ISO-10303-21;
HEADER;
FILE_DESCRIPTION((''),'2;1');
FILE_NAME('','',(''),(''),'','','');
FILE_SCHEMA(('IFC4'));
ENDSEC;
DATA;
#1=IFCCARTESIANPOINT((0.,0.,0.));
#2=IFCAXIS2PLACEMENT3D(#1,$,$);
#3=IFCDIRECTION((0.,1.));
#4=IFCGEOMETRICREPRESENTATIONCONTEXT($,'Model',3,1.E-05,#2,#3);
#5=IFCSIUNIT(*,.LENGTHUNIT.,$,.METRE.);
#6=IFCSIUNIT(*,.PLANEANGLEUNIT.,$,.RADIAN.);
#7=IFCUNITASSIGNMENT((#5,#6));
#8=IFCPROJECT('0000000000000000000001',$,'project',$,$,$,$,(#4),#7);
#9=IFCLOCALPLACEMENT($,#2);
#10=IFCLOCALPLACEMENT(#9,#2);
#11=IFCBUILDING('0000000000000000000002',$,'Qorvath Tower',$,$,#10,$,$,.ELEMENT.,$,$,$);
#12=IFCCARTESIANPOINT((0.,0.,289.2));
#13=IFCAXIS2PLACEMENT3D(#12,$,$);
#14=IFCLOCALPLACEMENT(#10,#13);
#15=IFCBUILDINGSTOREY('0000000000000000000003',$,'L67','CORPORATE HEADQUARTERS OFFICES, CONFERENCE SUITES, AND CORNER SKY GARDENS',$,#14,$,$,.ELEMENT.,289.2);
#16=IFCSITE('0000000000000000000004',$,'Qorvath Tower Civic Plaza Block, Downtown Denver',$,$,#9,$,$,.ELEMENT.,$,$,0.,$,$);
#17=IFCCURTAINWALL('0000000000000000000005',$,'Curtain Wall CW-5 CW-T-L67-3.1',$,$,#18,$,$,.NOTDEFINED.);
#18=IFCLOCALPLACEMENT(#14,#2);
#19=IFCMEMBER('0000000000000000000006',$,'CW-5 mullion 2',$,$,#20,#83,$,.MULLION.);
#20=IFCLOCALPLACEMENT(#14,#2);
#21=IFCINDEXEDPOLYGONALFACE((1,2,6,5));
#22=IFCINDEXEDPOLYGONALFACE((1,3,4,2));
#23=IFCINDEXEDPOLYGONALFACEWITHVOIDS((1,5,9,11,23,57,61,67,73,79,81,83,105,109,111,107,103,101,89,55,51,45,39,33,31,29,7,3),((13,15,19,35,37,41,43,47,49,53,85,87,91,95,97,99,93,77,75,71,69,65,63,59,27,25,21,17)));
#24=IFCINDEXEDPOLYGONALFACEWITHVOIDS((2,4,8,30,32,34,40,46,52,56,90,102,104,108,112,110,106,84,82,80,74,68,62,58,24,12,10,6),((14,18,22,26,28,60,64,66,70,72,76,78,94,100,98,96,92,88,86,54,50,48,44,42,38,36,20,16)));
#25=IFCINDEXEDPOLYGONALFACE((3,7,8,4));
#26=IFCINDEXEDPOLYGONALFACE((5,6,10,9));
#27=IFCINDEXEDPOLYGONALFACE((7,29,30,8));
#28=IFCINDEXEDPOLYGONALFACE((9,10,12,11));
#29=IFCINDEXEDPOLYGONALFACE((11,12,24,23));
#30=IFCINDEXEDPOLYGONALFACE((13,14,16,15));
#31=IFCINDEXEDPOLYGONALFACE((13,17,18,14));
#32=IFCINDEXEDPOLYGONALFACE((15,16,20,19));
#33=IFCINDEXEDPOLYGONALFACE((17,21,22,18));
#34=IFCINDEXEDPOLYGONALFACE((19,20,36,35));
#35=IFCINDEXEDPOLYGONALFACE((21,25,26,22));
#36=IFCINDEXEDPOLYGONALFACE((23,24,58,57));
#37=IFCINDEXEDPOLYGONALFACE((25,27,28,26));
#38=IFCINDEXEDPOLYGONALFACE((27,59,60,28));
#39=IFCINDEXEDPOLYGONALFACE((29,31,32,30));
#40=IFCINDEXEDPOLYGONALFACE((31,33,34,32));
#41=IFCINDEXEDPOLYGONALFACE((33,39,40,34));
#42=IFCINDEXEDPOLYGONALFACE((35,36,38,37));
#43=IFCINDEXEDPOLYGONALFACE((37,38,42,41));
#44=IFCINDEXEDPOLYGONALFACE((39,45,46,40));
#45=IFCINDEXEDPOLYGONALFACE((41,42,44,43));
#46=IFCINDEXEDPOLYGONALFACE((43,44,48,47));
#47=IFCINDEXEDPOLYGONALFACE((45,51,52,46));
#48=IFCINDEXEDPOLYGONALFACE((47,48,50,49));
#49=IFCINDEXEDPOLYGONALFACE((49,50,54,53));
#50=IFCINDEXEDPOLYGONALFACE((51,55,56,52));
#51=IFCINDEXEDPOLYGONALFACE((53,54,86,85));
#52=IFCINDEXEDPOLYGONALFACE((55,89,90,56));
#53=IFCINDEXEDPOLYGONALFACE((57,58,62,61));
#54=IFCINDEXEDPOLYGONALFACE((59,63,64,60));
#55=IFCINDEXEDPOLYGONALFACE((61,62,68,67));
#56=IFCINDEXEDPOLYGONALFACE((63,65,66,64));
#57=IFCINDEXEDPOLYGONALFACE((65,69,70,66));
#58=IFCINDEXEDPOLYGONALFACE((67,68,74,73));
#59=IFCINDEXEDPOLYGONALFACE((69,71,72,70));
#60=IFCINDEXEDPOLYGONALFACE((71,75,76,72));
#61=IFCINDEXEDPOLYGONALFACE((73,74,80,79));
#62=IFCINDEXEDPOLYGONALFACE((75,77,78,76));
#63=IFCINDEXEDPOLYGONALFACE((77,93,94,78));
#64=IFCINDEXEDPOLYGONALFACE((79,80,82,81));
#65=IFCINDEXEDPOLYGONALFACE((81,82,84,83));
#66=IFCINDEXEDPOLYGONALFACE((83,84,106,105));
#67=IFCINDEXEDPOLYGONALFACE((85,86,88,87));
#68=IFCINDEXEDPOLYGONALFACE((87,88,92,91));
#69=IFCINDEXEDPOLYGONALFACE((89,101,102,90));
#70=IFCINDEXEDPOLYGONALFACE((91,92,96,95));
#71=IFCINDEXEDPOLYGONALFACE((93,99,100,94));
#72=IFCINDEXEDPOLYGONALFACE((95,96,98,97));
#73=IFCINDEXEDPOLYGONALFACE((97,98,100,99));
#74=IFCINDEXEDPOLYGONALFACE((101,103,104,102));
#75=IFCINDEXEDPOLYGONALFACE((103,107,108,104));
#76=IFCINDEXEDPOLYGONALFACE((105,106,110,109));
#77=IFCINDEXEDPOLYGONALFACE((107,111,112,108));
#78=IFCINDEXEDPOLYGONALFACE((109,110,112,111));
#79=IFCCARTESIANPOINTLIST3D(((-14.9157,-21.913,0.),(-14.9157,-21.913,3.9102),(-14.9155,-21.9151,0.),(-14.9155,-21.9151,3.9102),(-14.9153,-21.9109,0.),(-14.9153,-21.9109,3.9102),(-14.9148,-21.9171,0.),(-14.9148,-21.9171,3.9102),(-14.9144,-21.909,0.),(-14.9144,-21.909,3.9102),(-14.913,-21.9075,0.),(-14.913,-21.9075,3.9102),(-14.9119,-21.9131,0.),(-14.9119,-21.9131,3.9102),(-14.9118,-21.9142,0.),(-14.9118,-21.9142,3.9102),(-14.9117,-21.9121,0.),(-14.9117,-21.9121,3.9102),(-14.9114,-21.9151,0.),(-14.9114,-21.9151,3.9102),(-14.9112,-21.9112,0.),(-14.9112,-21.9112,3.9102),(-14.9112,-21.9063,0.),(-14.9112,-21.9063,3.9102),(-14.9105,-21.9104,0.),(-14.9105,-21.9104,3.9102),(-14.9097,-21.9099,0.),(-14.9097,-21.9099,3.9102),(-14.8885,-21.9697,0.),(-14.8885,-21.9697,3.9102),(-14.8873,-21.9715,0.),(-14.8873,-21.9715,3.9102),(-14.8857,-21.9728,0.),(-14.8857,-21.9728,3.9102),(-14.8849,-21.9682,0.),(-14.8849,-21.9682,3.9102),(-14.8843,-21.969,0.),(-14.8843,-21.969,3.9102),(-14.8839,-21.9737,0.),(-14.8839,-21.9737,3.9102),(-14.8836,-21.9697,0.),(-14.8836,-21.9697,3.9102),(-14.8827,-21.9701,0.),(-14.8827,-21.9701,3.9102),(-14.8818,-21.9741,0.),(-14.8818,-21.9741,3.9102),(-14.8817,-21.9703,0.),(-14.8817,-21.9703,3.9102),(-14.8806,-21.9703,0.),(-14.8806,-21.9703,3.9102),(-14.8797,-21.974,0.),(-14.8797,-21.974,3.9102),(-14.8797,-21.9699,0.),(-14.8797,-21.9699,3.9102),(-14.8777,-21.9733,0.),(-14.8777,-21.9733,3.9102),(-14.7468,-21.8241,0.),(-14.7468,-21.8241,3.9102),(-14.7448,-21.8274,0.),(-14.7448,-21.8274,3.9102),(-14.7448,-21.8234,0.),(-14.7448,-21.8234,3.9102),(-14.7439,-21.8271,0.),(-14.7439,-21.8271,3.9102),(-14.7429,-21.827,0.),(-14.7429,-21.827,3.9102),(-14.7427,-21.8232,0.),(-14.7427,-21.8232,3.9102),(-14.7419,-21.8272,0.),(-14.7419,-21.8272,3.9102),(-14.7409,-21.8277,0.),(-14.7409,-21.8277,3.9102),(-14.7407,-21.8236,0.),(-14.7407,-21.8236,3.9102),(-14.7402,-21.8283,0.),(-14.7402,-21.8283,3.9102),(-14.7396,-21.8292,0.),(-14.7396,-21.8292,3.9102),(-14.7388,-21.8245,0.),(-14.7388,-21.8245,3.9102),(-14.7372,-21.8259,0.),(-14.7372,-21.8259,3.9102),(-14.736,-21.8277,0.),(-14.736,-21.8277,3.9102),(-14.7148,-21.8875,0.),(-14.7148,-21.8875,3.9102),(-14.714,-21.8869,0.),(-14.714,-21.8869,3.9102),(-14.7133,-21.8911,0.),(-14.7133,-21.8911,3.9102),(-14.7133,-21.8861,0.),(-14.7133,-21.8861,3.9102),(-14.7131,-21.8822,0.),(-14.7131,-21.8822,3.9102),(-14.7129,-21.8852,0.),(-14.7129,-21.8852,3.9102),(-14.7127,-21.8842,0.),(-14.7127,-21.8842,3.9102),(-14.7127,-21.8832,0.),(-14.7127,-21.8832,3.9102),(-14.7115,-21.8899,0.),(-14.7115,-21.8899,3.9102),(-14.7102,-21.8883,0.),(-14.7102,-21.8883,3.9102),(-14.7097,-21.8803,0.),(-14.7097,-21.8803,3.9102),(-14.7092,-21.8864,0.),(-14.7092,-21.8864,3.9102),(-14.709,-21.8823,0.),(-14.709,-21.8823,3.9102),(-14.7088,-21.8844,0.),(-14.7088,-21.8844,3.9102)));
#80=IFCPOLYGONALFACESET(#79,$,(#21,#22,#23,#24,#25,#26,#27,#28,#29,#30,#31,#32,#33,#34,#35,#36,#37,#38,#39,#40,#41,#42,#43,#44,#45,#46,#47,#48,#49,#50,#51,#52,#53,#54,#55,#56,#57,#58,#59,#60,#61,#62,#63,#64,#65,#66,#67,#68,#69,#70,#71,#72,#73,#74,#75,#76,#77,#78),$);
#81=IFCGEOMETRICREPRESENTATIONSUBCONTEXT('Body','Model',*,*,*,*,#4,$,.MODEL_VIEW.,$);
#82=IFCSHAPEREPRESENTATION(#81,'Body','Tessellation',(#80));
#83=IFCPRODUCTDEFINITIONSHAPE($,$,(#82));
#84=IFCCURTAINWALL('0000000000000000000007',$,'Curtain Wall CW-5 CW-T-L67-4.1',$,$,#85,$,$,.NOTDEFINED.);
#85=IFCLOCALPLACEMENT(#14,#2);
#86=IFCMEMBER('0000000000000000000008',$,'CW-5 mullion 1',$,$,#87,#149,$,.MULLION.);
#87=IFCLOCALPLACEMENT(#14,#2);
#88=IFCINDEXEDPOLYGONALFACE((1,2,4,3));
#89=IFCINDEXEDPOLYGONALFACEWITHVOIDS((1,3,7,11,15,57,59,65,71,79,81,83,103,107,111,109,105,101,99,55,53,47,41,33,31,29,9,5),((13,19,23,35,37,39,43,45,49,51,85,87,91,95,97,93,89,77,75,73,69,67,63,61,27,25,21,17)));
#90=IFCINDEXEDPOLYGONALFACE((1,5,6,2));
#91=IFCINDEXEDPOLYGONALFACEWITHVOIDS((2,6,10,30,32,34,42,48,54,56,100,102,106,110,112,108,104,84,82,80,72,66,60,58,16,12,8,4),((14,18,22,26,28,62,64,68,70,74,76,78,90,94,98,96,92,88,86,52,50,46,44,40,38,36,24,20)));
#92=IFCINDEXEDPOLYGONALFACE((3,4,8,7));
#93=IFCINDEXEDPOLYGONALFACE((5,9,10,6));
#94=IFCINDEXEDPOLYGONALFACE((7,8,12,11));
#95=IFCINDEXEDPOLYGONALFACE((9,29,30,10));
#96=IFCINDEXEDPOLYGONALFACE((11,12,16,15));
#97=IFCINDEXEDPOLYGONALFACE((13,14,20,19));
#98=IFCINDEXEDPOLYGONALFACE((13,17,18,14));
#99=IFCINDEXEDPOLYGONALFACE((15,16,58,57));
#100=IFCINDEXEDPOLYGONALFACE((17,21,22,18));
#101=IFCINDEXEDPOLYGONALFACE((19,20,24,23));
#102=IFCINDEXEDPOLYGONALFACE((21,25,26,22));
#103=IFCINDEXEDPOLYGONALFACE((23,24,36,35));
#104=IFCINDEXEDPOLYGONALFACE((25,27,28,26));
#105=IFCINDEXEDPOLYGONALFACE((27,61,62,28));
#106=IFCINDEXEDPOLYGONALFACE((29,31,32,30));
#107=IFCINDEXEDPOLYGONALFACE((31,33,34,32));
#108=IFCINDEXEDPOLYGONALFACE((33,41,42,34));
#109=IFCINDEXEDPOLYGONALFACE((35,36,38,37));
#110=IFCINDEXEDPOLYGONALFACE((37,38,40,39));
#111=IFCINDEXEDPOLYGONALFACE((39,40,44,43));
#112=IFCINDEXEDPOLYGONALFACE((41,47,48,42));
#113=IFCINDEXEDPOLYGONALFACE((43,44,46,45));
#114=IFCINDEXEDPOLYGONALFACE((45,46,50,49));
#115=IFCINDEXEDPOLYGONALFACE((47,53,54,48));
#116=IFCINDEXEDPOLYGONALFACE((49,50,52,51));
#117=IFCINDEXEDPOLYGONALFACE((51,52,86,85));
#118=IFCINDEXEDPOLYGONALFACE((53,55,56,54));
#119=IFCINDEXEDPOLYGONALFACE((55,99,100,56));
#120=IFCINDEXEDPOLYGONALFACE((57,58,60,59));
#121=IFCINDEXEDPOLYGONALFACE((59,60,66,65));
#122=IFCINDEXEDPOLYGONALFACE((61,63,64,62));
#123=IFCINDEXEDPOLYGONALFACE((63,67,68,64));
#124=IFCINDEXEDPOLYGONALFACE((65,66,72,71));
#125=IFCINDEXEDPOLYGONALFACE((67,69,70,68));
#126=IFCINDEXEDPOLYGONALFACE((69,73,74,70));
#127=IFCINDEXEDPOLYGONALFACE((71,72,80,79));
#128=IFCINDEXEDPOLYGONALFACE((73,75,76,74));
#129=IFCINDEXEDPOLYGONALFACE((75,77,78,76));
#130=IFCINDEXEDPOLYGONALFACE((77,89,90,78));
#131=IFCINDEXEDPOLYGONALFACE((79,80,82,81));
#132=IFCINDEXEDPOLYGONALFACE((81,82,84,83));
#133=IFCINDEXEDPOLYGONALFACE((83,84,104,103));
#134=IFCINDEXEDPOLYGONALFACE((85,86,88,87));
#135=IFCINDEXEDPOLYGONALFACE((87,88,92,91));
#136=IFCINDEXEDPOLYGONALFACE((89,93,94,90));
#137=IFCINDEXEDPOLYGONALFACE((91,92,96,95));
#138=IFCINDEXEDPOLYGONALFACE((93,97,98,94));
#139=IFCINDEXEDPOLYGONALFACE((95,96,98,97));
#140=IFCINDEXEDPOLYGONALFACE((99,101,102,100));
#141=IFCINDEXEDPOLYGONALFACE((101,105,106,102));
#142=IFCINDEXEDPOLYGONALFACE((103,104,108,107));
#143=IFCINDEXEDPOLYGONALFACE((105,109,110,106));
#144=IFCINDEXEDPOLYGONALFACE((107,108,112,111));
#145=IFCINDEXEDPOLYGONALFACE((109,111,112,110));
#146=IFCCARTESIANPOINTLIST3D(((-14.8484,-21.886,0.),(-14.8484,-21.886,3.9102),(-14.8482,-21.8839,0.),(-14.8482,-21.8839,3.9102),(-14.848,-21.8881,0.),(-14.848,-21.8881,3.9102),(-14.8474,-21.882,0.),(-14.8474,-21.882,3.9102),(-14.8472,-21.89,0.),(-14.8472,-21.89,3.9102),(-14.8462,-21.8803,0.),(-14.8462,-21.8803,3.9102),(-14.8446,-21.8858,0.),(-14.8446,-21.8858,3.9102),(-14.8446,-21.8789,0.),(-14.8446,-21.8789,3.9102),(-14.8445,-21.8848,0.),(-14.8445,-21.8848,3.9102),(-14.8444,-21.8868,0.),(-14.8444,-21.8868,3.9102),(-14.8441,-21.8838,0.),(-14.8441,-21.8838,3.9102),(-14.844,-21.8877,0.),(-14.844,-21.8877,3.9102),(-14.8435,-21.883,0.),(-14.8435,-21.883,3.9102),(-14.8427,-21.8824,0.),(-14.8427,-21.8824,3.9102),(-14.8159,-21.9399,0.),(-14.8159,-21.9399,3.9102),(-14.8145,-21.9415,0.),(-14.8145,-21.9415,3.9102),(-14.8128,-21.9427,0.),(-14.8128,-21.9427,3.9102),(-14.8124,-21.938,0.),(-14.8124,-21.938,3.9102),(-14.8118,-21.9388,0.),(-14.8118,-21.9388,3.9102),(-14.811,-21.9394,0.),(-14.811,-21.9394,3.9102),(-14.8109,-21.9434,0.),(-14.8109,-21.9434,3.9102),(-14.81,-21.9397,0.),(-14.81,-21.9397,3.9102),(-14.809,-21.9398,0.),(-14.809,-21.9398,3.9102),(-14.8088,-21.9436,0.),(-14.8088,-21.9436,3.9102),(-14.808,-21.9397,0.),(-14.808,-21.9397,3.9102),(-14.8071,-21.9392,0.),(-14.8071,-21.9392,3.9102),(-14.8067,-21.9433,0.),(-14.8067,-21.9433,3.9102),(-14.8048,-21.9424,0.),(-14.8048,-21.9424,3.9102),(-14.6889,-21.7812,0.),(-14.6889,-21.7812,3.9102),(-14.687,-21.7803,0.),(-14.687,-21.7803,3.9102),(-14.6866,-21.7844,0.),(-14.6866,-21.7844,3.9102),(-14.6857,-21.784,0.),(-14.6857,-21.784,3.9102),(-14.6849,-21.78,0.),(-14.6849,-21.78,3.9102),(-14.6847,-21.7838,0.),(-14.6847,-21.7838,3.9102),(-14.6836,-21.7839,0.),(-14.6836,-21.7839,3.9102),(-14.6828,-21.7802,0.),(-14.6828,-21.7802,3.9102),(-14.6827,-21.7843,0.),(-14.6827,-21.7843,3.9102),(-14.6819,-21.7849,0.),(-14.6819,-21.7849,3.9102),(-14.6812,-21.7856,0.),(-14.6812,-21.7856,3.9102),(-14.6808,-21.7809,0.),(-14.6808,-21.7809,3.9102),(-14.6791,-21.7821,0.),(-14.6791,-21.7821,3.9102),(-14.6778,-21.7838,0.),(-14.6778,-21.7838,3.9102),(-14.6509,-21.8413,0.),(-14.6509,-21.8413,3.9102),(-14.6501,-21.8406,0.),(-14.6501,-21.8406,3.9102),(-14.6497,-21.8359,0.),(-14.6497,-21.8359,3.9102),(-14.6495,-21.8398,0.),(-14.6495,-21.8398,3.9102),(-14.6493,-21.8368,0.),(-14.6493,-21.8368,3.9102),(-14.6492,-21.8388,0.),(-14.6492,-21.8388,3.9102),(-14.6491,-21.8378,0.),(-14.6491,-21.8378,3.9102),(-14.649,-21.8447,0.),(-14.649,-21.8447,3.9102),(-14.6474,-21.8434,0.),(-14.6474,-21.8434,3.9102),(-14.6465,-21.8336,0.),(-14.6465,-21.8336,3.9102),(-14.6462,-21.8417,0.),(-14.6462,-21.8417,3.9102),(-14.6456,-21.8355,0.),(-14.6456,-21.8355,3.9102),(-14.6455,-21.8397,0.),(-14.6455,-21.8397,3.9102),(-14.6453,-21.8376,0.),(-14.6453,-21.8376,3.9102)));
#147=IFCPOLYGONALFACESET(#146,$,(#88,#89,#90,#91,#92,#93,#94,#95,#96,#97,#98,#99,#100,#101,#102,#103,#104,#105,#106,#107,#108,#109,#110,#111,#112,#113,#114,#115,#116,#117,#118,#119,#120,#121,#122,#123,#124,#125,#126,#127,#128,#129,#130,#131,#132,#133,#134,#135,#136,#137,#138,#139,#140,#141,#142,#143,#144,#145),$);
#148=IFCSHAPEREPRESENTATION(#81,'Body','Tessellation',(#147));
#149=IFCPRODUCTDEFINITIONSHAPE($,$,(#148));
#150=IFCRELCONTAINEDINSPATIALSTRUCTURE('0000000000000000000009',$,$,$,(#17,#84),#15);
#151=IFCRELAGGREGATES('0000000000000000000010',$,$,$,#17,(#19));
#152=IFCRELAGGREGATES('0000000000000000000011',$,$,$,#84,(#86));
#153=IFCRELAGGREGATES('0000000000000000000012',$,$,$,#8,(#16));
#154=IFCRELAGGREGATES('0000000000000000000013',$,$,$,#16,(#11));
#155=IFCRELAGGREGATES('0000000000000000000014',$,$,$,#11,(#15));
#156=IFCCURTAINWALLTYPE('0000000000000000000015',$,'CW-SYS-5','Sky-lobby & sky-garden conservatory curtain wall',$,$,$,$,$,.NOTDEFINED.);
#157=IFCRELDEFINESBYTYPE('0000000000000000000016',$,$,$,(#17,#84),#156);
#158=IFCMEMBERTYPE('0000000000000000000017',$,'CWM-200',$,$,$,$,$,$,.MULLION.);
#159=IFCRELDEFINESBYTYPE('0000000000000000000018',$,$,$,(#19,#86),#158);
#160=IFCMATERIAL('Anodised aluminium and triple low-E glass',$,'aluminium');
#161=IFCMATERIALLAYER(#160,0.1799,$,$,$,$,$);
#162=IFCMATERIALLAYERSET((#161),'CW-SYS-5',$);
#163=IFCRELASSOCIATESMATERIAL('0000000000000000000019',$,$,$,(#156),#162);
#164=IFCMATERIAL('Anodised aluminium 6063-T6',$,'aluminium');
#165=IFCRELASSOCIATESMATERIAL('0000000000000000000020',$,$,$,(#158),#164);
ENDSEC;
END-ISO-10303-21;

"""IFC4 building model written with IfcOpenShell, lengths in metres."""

from ifc_helpers import new_model, si_unit, direction, frame, origin, origin_2d, place, context, subcontext, project, spatial, hollow_rectangle, extrude, material, layer, layer_set, material_profile, profile_set, type_object, element, aggregate, save


model = new_model("IFC4")

# Units and contexts
model_context = context("Model", 3, precision=1e-05, world=origin(), true_north=direction((0.0, 1.0)))
body_context = subcontext(model_context, "Body", "Model", "MODEL_VIEW")
ifc_project = project(units=[si_unit("LENGTHUNIT", "METRE"), si_unit("PLANEANGLEUNIT", "RADIAN")], contexts=[model_context])

# Site, building, storey
site_placement = place(None, origin())
site = spatial("IfcSite", under=ifc_project, at=site_placement, Name="Qorvath Tower Civic Plaza Block, Downtown Denver", CompositionType="ELEMENT", RefElevation=0.0)
building_placement = place(site_placement, origin())
building = spatial("IfcBuilding", under=site, at=building_placement, Name="Qorvath Tower", CompositionType="ELEMENT")
storey_placement = place(building_placement, frame((0.0, 0.0, 289.2)))
storey = spatial("IfcBuildingStorey", under=building, at=storey_placement, Name="L67", Description="CORPORATE HEADQUARTERS OFFICES, CONFERENCE SUITES, AND CORNER SKY GARDENS", CompositionType="ELEMENT", Elevation=289.2)

# Shared definitions
ifc_material_1 = material(Name="Anodised aluminium and triple low-E glass", Category="aluminium")
ifc_layer_1 = layer(ifc_material_1, 0.1799)
ifc_layer_set_1 = layer_set([ifc_layer_1], Name="CW-SYS-5")
curtain_wall_type = type_object("IfcCurtainWallType", Name="CW-SYS-5", Description="Sky-lobby & sky-garden conservatory curtain wall", PredefinedType="NOTDEFINED", material=ifc_layer_set_1)
ifc_material_2 = material(Name="Anodised aluminium 6063-T6", Category="aluminium")
ifc_material_profile_1 = material_profile(ifc_material_2, hollow_rectangle(XDim=0.075, YDim=0.2, WallThickness=0.0039, InnerFilletRadius=0.0039, OuterFilletRadius=0.0081, at=origin_2d()), Name="CWM 200x75")
ifc_profile_set_1 = profile_set([ifc_material_profile_1], Name="Anodised aluminium 6063-T6")
member_type_1 = type_object("IfcMemberType", Name="CWM-200", PredefinedType="MULLION", material=ifc_profile_set_1)

# Curtain walls, members
curtain_wall_1_placement = place(storey_placement, origin())
curtain_wall_1 = element("IfcCurtainWall", 1, at=curtain_wall_1_placement, inside=storey, type_object=curtain_wall_type, Name="Curtain Wall CW-5 CW-T-L67-3.1", PredefinedType="NOTDEFINED")
member_1_placement = place(storey_placement, frame((-14.8123, -21.8987, 0.0), z_axis=(0.0, 0.0, 1.0), x_axis=(-0.447256, 0.894406, 0.0)))
member_1 = element("IfcMember", 2, at=member_1_placement, type_object=member_type_1, Name="CW-5 mullion 2", PredefinedType="MULLION", context=body_context, shape_type="SweptSolid", body=[
    extrude(hollow_rectangle(XDim=0.075, YDim=0.2, WallThickness=0.0039, InnerFilletRadius=0.0039, OuterFilletRadius=0.0081, at=origin_2d()), origin(), (0.0, 0.0, 1.0), 3.9102),
])
curtain_wall_2_placement = place(storey_placement, origin())
curtain_wall_2 = element("IfcCurtainWall", 3, at=curtain_wall_2_placement, inside=storey, type_object=curtain_wall_type, Name="Curtain Wall CW-5 CW-T-L67-4.1", PredefinedType="NOTDEFINED")
member_2_placement = place(storey_placement, frame((-14.7468, -21.8618, 0.0), z_axis=(0.0, 0.0, 1.0), x_axis=(-0.531406, 0.847117, 0.0)))
member_2 = element("IfcMember", 4, at=member_2_placement, type_object=member_type_1, Name="CW-5 mullion 1", PredefinedType="MULLION", context=body_context, shape_type="SweptSolid", body=[
    extrude(hollow_rectangle(XDim=0.075, YDim=0.2, WallThickness=0.0039, InnerFilletRadius=0.0039, OuterFilletRadius=0.0081, at=origin_2d()), origin(), (0.0, 0.0, 1.0), 3.9102),
])

aggregate(curtain_wall_1, [member_1])
aggregate(curtain_wall_2, [member_2])

save(model, "model.ifc")
